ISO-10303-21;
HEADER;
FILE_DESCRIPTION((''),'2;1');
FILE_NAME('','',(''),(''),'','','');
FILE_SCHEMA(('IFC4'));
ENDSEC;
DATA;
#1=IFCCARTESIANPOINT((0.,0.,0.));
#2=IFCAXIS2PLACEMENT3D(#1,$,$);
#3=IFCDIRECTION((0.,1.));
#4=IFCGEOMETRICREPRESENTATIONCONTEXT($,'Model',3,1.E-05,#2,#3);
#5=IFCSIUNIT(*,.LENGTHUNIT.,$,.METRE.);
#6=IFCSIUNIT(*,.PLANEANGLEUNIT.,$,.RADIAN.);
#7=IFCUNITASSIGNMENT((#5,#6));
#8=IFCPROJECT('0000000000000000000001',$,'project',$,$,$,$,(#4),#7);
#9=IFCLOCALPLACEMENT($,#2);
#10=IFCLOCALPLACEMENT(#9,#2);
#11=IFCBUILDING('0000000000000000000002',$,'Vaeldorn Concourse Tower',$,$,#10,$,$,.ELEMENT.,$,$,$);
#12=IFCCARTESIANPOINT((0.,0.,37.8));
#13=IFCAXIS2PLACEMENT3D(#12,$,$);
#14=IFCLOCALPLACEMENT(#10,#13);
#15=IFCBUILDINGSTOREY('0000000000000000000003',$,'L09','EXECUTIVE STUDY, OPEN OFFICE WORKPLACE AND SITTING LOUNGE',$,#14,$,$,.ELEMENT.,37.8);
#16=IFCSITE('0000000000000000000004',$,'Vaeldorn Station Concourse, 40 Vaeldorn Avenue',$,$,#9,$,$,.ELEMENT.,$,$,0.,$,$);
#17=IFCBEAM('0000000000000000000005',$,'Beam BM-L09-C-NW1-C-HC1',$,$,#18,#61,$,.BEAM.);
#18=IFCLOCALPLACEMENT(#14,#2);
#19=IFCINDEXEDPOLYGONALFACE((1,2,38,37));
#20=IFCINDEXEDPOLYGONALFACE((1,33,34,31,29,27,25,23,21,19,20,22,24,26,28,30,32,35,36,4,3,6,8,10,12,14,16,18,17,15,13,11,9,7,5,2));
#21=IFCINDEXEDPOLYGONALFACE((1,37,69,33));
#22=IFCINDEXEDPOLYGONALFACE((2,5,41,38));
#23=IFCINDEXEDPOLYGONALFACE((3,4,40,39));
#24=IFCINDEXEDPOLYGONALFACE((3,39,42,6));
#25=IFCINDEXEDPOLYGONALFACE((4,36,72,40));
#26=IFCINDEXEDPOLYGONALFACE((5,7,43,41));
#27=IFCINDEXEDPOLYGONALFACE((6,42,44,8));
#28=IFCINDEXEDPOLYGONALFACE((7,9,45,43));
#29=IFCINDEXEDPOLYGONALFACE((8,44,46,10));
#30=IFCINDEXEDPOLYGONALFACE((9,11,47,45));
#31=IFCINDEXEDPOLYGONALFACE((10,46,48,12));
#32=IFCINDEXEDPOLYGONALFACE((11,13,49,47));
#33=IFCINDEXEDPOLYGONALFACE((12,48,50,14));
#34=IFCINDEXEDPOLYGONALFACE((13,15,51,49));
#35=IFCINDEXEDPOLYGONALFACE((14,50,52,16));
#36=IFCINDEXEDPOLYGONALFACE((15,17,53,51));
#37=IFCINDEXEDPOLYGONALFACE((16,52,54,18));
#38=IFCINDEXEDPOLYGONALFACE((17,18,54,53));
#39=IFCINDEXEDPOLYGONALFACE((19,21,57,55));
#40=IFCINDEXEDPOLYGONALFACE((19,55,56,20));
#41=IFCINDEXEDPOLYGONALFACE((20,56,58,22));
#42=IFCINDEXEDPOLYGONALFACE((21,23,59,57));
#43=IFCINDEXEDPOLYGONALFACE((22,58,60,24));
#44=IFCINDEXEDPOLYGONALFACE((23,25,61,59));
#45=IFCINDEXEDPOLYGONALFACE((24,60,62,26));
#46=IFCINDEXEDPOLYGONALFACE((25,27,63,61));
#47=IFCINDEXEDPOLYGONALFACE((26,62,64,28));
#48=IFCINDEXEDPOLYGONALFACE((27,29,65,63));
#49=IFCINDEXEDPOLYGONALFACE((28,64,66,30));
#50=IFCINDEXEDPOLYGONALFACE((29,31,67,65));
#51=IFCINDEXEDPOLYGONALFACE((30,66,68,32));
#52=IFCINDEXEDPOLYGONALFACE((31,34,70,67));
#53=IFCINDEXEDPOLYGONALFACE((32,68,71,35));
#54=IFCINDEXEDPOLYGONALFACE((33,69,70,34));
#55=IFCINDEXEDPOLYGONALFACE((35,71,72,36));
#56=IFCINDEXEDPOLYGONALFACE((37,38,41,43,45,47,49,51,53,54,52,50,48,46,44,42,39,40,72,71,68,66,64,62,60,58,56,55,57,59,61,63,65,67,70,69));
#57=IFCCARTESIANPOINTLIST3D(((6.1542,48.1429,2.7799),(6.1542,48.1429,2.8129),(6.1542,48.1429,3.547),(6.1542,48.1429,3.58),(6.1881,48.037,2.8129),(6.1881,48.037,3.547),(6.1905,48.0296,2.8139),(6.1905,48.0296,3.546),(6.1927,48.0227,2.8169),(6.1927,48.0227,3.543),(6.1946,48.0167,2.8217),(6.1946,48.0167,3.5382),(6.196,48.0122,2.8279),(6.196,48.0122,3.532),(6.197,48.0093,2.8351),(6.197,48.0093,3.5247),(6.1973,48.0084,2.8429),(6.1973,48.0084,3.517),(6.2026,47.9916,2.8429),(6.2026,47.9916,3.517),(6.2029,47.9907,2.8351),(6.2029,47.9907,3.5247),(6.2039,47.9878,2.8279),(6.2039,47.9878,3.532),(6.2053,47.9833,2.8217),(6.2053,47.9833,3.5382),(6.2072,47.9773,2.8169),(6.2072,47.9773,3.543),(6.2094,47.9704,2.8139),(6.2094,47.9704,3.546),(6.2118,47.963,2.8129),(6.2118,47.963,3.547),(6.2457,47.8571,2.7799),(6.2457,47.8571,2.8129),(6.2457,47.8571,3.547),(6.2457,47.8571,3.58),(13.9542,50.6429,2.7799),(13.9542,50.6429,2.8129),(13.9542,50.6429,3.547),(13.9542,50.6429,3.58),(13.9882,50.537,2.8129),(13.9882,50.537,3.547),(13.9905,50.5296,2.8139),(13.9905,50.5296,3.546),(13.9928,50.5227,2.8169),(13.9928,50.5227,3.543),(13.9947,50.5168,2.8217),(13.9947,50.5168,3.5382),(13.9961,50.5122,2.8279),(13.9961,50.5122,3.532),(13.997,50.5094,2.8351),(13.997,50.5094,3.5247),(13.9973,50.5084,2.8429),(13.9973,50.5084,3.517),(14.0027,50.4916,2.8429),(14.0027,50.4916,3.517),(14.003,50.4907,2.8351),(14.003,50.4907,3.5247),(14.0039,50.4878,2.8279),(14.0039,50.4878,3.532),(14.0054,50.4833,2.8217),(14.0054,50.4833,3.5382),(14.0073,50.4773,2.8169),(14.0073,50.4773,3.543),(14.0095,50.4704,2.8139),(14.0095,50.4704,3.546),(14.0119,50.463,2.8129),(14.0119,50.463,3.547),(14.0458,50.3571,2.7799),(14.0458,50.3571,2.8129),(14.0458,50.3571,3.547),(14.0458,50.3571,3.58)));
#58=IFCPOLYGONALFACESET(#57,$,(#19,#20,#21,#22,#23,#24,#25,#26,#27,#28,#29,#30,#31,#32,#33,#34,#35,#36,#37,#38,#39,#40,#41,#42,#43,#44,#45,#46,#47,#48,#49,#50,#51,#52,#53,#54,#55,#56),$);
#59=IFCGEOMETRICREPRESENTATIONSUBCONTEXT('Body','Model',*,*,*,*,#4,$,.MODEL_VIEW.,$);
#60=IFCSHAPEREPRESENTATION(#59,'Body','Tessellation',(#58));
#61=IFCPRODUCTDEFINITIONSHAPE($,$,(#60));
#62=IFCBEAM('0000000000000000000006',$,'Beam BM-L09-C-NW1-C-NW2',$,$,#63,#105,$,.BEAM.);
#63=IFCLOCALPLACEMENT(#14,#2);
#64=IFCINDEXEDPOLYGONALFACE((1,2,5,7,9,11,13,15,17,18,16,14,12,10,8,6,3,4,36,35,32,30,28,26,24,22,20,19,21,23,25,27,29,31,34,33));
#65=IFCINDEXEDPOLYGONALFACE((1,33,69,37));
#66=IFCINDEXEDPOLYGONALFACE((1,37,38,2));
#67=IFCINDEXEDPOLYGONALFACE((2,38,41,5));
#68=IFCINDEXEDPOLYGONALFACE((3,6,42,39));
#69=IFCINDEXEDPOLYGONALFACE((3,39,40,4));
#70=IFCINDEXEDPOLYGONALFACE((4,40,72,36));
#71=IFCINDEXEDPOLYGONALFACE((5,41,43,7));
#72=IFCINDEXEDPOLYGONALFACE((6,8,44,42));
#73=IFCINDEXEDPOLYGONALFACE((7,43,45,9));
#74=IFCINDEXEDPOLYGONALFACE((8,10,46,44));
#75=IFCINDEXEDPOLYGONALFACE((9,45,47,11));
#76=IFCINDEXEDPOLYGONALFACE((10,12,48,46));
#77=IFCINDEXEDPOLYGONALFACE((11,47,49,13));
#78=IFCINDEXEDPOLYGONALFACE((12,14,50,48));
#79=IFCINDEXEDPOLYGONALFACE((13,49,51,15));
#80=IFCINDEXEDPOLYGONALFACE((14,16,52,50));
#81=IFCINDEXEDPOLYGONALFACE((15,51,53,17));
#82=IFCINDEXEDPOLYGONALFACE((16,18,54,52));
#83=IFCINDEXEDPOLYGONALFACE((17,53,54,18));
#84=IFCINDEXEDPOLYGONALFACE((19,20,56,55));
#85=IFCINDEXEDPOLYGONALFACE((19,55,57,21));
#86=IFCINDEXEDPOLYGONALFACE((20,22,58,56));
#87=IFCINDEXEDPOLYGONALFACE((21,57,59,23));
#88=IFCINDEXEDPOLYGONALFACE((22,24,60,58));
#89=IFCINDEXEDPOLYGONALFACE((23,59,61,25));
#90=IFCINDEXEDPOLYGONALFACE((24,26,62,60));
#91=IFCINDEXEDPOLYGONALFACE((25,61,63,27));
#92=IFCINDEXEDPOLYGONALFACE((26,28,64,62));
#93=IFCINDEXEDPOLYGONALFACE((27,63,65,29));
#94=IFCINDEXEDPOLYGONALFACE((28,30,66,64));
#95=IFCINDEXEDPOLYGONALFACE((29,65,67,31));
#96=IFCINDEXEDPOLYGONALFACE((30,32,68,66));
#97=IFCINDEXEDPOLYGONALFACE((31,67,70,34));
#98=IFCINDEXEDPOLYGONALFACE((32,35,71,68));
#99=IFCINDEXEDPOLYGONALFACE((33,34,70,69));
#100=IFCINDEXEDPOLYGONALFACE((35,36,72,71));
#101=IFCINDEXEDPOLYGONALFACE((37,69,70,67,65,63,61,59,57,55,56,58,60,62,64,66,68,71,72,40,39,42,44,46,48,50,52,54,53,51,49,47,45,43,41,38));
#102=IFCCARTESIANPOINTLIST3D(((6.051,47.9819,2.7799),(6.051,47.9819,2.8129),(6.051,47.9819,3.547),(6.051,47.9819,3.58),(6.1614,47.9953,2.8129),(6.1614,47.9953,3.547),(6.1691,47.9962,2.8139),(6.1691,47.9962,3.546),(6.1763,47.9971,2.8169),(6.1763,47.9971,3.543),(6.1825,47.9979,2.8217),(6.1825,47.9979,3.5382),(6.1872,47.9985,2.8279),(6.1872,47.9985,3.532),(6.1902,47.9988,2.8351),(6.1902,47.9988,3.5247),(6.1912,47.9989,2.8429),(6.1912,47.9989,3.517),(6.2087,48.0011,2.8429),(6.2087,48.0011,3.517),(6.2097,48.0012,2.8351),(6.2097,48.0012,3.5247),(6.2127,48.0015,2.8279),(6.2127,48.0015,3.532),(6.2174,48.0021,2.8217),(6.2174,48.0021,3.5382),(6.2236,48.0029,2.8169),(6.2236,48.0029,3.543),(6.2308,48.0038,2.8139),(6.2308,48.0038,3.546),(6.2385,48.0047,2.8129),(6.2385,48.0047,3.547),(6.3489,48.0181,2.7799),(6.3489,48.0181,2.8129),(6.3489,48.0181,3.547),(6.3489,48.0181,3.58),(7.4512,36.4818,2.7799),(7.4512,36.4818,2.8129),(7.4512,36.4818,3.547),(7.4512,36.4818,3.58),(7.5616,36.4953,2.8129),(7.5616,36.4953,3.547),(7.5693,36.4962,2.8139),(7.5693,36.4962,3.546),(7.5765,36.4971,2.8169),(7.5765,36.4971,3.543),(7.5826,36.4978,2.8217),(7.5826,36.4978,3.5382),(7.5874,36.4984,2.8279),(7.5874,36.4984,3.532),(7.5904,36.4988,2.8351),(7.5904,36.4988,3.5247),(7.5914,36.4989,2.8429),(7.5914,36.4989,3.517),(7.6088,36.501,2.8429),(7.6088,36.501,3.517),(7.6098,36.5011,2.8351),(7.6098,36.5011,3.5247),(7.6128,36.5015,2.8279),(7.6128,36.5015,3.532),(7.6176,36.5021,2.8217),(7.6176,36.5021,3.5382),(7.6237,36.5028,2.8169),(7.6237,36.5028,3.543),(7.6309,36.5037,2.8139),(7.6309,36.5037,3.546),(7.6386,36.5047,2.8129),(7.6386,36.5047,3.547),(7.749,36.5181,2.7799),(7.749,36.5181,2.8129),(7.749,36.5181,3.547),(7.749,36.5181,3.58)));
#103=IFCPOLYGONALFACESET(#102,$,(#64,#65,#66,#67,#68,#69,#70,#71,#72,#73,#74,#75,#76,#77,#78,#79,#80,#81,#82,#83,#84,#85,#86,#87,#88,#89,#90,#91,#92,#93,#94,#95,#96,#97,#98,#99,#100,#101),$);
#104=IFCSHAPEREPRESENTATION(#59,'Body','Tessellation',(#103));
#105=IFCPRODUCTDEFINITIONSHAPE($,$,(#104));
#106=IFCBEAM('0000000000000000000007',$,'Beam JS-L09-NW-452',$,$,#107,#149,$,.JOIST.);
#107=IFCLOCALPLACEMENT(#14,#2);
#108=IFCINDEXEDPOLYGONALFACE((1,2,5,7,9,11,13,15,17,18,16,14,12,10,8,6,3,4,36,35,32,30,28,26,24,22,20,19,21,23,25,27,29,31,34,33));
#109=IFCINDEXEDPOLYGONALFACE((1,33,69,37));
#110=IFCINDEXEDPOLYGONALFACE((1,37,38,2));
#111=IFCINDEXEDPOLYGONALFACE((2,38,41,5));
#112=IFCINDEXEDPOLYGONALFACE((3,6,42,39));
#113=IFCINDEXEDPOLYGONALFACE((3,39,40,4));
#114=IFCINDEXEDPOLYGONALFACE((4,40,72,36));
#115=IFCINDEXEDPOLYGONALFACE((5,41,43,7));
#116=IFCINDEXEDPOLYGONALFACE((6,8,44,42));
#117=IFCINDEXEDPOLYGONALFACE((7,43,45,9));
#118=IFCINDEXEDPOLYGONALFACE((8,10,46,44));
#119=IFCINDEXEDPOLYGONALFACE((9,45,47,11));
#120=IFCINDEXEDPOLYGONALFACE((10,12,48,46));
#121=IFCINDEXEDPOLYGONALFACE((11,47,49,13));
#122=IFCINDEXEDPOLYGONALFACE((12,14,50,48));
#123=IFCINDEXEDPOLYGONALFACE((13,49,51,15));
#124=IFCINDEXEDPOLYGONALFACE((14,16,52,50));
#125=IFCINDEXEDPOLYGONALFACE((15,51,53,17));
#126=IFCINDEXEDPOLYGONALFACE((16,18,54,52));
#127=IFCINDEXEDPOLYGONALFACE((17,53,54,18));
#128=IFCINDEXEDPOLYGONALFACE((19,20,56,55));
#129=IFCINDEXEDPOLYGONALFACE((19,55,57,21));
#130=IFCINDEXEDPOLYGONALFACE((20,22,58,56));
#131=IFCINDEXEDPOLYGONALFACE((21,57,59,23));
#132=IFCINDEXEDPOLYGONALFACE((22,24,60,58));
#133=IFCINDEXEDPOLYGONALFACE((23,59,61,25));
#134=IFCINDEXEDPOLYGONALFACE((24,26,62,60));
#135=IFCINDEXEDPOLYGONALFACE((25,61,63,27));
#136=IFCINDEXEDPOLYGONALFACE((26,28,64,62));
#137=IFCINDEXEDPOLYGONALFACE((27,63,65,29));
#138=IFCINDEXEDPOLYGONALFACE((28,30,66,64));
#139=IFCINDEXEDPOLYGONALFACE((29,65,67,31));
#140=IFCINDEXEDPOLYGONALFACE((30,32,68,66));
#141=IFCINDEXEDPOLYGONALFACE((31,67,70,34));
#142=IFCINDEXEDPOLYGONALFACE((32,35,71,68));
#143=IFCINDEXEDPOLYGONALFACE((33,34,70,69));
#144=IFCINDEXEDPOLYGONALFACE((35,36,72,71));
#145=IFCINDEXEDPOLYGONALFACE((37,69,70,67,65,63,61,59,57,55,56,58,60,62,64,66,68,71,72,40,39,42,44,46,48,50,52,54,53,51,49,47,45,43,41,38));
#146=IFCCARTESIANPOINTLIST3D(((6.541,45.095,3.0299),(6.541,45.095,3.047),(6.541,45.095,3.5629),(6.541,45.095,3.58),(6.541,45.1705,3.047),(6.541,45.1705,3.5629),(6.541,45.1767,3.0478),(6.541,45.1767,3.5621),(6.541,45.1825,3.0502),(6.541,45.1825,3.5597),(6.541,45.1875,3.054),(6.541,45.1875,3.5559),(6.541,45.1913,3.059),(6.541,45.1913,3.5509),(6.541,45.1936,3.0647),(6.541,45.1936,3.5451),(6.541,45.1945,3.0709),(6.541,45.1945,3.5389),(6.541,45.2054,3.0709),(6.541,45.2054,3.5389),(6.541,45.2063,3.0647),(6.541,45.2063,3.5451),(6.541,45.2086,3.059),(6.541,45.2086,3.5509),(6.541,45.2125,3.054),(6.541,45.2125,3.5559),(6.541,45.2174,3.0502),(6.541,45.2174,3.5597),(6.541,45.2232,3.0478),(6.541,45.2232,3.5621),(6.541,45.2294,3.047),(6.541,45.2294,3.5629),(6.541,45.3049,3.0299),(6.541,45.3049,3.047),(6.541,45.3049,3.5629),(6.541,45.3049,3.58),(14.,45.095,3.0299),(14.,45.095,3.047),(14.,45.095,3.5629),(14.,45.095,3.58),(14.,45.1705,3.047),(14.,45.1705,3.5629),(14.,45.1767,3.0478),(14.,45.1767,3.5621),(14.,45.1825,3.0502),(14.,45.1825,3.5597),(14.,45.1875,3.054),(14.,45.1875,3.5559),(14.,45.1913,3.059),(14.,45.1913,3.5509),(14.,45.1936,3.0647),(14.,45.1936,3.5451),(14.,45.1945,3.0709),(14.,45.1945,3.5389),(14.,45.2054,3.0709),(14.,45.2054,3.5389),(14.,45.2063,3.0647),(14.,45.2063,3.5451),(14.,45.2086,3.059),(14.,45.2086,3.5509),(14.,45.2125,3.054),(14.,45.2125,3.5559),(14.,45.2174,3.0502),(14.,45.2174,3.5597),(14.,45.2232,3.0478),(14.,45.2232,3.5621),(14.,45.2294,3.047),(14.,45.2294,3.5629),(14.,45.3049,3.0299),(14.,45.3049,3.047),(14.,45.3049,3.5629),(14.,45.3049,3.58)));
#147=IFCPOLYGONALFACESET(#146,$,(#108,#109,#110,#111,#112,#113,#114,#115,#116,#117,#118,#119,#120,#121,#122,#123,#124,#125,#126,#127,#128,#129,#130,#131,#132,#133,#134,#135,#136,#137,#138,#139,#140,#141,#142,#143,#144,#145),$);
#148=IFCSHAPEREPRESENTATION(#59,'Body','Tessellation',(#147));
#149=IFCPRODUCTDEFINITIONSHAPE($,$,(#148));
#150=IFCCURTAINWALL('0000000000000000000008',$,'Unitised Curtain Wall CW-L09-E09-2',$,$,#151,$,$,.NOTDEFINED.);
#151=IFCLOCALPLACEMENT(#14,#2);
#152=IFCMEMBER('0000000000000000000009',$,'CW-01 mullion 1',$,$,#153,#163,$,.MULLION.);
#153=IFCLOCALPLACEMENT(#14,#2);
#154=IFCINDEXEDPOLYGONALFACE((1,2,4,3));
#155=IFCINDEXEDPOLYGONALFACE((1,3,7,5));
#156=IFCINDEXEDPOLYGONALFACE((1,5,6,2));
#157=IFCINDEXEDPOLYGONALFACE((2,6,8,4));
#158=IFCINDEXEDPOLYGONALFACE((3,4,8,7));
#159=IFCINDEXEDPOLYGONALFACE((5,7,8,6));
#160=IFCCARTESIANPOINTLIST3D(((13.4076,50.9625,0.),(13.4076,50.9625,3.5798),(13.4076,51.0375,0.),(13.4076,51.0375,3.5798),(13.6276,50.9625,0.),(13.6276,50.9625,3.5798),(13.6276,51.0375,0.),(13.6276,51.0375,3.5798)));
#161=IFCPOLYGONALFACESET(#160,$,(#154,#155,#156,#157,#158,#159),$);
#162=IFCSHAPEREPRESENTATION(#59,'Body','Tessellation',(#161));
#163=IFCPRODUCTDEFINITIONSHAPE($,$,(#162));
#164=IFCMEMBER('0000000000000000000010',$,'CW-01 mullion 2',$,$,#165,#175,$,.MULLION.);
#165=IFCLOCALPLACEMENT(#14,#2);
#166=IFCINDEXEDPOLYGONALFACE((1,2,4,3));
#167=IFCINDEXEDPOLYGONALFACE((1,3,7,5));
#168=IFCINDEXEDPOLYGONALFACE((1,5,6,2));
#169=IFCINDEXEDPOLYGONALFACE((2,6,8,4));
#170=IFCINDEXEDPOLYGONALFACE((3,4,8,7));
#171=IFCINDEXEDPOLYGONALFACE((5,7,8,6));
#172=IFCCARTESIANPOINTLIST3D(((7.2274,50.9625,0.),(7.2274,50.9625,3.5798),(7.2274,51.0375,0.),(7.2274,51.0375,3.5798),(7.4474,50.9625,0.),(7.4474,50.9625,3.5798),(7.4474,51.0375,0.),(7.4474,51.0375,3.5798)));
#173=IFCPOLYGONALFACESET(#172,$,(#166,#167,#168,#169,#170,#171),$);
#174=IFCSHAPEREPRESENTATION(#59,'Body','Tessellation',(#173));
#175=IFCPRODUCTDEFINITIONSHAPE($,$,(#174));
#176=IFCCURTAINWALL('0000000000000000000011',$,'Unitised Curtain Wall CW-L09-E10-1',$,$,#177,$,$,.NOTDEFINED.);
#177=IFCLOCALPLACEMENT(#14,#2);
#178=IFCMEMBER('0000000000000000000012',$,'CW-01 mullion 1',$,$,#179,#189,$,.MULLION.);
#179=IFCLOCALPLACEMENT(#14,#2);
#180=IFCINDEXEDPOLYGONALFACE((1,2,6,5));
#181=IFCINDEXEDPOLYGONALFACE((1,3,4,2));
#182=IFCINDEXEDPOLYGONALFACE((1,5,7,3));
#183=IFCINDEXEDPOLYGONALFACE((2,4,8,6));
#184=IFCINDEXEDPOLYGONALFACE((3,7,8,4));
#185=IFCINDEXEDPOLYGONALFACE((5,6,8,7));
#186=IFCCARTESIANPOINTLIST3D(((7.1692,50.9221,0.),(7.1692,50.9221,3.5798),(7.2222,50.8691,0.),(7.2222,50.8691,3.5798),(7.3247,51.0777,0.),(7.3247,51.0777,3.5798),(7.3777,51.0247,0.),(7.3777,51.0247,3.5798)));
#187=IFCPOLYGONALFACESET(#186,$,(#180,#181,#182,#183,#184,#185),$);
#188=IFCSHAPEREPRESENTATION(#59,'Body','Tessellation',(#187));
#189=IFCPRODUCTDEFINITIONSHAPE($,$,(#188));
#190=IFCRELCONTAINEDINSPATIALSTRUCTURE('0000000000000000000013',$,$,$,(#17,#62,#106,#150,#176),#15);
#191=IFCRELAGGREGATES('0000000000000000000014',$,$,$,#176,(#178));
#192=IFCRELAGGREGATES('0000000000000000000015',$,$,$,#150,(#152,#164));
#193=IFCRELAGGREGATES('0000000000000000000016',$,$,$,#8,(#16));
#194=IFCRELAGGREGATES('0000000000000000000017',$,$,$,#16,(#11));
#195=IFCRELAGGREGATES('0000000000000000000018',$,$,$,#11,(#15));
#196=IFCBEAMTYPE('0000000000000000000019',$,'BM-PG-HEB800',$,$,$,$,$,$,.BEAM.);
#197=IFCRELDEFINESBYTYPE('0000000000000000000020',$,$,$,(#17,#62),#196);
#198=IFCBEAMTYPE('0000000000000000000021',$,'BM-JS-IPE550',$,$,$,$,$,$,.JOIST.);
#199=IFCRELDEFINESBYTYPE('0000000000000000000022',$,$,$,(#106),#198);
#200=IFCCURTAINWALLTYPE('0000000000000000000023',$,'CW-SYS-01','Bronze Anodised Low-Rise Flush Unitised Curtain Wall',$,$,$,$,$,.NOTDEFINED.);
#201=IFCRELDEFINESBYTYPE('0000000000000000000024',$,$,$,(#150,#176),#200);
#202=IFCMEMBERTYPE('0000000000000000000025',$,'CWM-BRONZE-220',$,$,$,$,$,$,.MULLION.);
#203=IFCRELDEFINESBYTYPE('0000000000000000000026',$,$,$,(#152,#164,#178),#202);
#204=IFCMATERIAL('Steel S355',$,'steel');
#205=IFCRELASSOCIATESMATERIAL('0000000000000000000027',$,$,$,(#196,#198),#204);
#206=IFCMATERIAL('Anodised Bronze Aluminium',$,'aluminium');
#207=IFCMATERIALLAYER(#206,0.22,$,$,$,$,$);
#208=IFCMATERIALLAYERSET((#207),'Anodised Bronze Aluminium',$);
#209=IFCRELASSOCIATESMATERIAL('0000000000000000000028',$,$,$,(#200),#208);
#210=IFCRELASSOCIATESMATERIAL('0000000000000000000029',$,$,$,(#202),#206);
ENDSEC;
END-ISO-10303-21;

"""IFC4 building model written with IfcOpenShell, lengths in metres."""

from ifc_helpers import new_model, si_unit, direction, frame, origin, origin_2d, place, context, subcontext, project, spatial, rectangle, i_section, extrude, source, transform, mapped, material, layer, layer_set, material_profile, profile_set, type_object, element, aggregate, save


model = new_model("IFC4")

# Units and contexts
model_context = context("Model", 3, precision=1e-05, world=origin(), true_north=direction((0.0, 1.0)))
body_context = subcontext(model_context, "Body", "Model", "MODEL_VIEW")
ifc_project = project(units=[si_unit("LENGTHUNIT", "METRE"), si_unit("PLANEANGLEUNIT", "RADIAN")], contexts=[model_context])

# Site, building, storey
site_placement = place(None, origin())
site = spatial("IfcSite", under=ifc_project, at=site_placement, Name="Vaeldorn Station Concourse, 40 Vaeldorn Avenue", CompositionType="ELEMENT", RefElevation=0.0)
building_placement = place(site_placement, origin())
building = spatial("IfcBuilding", under=site, at=building_placement, Name="Vaeldorn Concourse Tower", CompositionType="ELEMENT")
storey_placement = place(building_placement, frame((0.0, 0.0, 37.8)))
storey = spatial("IfcBuildingStorey", under=building, at=storey_placement, Name="L09", Description="EXECUTIVE STUDY, OPEN OFFICE WORKPLACE AND SITTING LOUNGE", CompositionType="ELEMENT", Elevation=37.8)

# Beams
ifc_material_1 = material(Name="Steel S355", Category="steel")
ifc_material_profile_1 = material_profile(ifc_material_1, i_section(OverallWidth=0.3, OverallDepth=0.8, WebThickness=0.0176, FlangeThickness=0.033, FilletRadius=0.03, at=origin_2d()), Name="HEB 800")
ifc_profile_set_1 = profile_set([ifc_material_profile_1], Name="Steel S355")
beam_type_1 = type_object("IfcBeamType", Name="BM-PG-HEB800", PredefinedType="BEAM", material=ifc_profile_set_1)
shared_shape_1 = source(origin(), body_context, "Body", "SweptSolid", [
    extrude(i_section(OverallWidth=0.3, OverallDepth=0.8, WebThickness=0.0176, FlangeThickness=0.033, FilletRadius=0.03, at=origin_2d()), origin(), (0.0, 0.0, 1.0), 8.1909),
])
beam_1_placement = place(storey_placement, frame((6.2, 48.0, 3.1799), z_axis=(0.952283, 0.305217, 0.0), x_axis=(-0.305217, 0.952283, 0.0)))
element("IfcBeam", 1, at=beam_1_placement, inside=storey, type_object=beam_type_1, Name="Beam BM-L09-C-NW1-C-HC1", PredefinedType="BEAM", context=body_context, shape_type="MappedRepresentation", body=[
    mapped(shared_shape_1, transform((0.0, 0.0, 0.0), scale=1.0)),
])
shared_shape_2 = source(origin(), body_context, "Body", "SweptSolid", [
    extrude(i_section(OverallWidth=0.3, OverallDepth=0.8, WebThickness=0.0176, FlangeThickness=0.033, FilletRadius=0.03, at=origin_2d()), origin(), (0.0, 0.0, 1.0), 11.585),
])
beam_2_placement = place(storey_placement, frame((6.2, 48.0, 3.1799), z_axis=(0.120859, -0.99267, 0.0), x_axis=(0.99267, 0.120859, 0.0)))
element("IfcBeam", 2, at=beam_2_placement, inside=storey, type_object=beam_type_1, Name="Beam BM-L09-C-NW1-C-NW2", PredefinedType="BEAM", context=body_context, shape_type="MappedRepresentation", body=[
    mapped(shared_shape_2, transform((0.0, 0.0, 0.0), scale=1.0)),
])
ifc_material_profile_2 = material_profile(ifc_material_1, i_section(OverallWidth=0.21, OverallDepth=0.55, WebThickness=0.011, FlangeThickness=0.0171, FilletRadius=0.0239, at=origin_2d()), Name="IPE 550")
ifc_profile_set_2 = profile_set([ifc_material_profile_2], Name="Steel S355")
beam_type_2 = type_object("IfcBeamType", Name="BM-JS-IPE550", PredefinedType="JOIST", material=ifc_profile_set_2)
shared_shape_3 = source(origin(), body_context, "Body", "SweptSolid", [
    extrude(i_section(OverallWidth=0.21, OverallDepth=0.55, WebThickness=0.011, FlangeThickness=0.0171, FilletRadius=0.0239, at=origin_2d()), origin(), (0.0, 0.0, 1.0), 7.459),
])
beam_3_placement = place(storey_placement, frame((6.541, 45.2, 3.3049), z_axis=(1.0, 0.0, 0.0), x_axis=(0.0, 1.0, 0.0)))
element("IfcBeam", 3, at=beam_3_placement, inside=storey, type_object=beam_type_2, Name="Beam JS-L09-NW-452", PredefinedType="JOIST", context=body_context, shape_type="MappedRepresentation", body=[
    mapped(shared_shape_3, transform((0.0, 0.0, 0.0), scale=1.0)),
])

# Curtain walls, members
ifc_material_2 = material(Name="Anodised Bronze Aluminium", Category="aluminium")
ifc_layer_1 = layer(ifc_material_2, 0.22)
ifc_layer_set_1 = layer_set([ifc_layer_1], Name="Anodised Bronze Aluminium")
curtain_wall_type = type_object("IfcCurtainWallType", Name="CW-SYS-01", Description="Bronze Anodised Low-Rise Flush Unitised Curtain Wall", PredefinedType="NOTDEFINED", material=ifc_layer_set_1)
curtain_wall_1_placement = place(storey_placement, origin())
curtain_wall_1 = element("IfcCurtainWall", 4, at=curtain_wall_1_placement, inside=storey, type_object=curtain_wall_type, Name="Unitised Curtain Wall CW-L09-E09-2", PredefinedType="NOTDEFINED")
ifc_material_profile_3 = material_profile(ifc_material_2, rectangle(XDim=0.075, YDim=0.22, at=origin_2d()), Name="CWM 75x220")
ifc_profile_set_3 = profile_set([ifc_material_profile_3], Name="Anodised Bronze Aluminium")
member_type_1 = type_object("IfcMemberType", Name="CWM-BRONZE-220", PredefinedType="MULLION", material=ifc_profile_set_3)
shared_shape_4 = source(origin(), body_context, "Body", "SweptSolid", [
    extrude(rectangle(XDim=0.075, YDim=0.22, at=origin_2d()), origin(), (0.0, 0.0, 1.0), 3.5798),
])
member_1_placement = place(storey_placement, frame((13.5176, 51.0, 0.0), z_axis=(0.0, 0.0, 1.0), x_axis=(0.0, -1.0, 0.0)))
member_1 = element("IfcMember", 5, at=member_1_placement, type_object=member_type_1, Name="CW-01 mullion 1", PredefinedType="MULLION", context=body_context, shape_type="MappedRepresentation", body=[
    mapped(shared_shape_4, transform((0.0, 0.0, 0.0), scale=1.0)),
])
member_2_placement = place(storey_placement, frame((7.3374, 51.0, 0.0), z_axis=(0.0, 0.0, 1.0), x_axis=(0.0, -1.0, 0.0)))
member_2 = element("IfcMember", 6, at=member_2_placement, type_object=member_type_1, Name="CW-01 mullion 2", PredefinedType="MULLION", context=body_context, shape_type="MappedRepresentation", body=[
    mapped(shared_shape_4, transform((0.0, 0.0, 0.0), scale=1.0)),
])
curtain_wall_2_placement = place(storey_placement, origin())
curtain_wall_2 = element("IfcCurtainWall", 7, at=curtain_wall_2_placement, inside=storey, type_object=curtain_wall_type, Name="Unitised Curtain Wall CW-L09-E10-1", PredefinedType="NOTDEFINED")
member_3_placement = place(storey_placement, frame((7.2734, 50.9734, 0.0), z_axis=(0.0, 0.0, 1.0), x_axis=(0.707107, -0.707107, 0.0)))
member_3 = element("IfcMember", 8, at=member_3_placement, type_object=member_type_1, Name="CW-01 mullion 1", PredefinedType="MULLION", context=body_context, shape_type="MappedRepresentation", body=[
    mapped(shared_shape_4, transform((0.0, 0.0, 0.0), scale=1.0)),
])

aggregate(curtain_wall_2, [member_3])
aggregate(curtain_wall_1, [member_1, member_2])

save(model, "model.ifc")
